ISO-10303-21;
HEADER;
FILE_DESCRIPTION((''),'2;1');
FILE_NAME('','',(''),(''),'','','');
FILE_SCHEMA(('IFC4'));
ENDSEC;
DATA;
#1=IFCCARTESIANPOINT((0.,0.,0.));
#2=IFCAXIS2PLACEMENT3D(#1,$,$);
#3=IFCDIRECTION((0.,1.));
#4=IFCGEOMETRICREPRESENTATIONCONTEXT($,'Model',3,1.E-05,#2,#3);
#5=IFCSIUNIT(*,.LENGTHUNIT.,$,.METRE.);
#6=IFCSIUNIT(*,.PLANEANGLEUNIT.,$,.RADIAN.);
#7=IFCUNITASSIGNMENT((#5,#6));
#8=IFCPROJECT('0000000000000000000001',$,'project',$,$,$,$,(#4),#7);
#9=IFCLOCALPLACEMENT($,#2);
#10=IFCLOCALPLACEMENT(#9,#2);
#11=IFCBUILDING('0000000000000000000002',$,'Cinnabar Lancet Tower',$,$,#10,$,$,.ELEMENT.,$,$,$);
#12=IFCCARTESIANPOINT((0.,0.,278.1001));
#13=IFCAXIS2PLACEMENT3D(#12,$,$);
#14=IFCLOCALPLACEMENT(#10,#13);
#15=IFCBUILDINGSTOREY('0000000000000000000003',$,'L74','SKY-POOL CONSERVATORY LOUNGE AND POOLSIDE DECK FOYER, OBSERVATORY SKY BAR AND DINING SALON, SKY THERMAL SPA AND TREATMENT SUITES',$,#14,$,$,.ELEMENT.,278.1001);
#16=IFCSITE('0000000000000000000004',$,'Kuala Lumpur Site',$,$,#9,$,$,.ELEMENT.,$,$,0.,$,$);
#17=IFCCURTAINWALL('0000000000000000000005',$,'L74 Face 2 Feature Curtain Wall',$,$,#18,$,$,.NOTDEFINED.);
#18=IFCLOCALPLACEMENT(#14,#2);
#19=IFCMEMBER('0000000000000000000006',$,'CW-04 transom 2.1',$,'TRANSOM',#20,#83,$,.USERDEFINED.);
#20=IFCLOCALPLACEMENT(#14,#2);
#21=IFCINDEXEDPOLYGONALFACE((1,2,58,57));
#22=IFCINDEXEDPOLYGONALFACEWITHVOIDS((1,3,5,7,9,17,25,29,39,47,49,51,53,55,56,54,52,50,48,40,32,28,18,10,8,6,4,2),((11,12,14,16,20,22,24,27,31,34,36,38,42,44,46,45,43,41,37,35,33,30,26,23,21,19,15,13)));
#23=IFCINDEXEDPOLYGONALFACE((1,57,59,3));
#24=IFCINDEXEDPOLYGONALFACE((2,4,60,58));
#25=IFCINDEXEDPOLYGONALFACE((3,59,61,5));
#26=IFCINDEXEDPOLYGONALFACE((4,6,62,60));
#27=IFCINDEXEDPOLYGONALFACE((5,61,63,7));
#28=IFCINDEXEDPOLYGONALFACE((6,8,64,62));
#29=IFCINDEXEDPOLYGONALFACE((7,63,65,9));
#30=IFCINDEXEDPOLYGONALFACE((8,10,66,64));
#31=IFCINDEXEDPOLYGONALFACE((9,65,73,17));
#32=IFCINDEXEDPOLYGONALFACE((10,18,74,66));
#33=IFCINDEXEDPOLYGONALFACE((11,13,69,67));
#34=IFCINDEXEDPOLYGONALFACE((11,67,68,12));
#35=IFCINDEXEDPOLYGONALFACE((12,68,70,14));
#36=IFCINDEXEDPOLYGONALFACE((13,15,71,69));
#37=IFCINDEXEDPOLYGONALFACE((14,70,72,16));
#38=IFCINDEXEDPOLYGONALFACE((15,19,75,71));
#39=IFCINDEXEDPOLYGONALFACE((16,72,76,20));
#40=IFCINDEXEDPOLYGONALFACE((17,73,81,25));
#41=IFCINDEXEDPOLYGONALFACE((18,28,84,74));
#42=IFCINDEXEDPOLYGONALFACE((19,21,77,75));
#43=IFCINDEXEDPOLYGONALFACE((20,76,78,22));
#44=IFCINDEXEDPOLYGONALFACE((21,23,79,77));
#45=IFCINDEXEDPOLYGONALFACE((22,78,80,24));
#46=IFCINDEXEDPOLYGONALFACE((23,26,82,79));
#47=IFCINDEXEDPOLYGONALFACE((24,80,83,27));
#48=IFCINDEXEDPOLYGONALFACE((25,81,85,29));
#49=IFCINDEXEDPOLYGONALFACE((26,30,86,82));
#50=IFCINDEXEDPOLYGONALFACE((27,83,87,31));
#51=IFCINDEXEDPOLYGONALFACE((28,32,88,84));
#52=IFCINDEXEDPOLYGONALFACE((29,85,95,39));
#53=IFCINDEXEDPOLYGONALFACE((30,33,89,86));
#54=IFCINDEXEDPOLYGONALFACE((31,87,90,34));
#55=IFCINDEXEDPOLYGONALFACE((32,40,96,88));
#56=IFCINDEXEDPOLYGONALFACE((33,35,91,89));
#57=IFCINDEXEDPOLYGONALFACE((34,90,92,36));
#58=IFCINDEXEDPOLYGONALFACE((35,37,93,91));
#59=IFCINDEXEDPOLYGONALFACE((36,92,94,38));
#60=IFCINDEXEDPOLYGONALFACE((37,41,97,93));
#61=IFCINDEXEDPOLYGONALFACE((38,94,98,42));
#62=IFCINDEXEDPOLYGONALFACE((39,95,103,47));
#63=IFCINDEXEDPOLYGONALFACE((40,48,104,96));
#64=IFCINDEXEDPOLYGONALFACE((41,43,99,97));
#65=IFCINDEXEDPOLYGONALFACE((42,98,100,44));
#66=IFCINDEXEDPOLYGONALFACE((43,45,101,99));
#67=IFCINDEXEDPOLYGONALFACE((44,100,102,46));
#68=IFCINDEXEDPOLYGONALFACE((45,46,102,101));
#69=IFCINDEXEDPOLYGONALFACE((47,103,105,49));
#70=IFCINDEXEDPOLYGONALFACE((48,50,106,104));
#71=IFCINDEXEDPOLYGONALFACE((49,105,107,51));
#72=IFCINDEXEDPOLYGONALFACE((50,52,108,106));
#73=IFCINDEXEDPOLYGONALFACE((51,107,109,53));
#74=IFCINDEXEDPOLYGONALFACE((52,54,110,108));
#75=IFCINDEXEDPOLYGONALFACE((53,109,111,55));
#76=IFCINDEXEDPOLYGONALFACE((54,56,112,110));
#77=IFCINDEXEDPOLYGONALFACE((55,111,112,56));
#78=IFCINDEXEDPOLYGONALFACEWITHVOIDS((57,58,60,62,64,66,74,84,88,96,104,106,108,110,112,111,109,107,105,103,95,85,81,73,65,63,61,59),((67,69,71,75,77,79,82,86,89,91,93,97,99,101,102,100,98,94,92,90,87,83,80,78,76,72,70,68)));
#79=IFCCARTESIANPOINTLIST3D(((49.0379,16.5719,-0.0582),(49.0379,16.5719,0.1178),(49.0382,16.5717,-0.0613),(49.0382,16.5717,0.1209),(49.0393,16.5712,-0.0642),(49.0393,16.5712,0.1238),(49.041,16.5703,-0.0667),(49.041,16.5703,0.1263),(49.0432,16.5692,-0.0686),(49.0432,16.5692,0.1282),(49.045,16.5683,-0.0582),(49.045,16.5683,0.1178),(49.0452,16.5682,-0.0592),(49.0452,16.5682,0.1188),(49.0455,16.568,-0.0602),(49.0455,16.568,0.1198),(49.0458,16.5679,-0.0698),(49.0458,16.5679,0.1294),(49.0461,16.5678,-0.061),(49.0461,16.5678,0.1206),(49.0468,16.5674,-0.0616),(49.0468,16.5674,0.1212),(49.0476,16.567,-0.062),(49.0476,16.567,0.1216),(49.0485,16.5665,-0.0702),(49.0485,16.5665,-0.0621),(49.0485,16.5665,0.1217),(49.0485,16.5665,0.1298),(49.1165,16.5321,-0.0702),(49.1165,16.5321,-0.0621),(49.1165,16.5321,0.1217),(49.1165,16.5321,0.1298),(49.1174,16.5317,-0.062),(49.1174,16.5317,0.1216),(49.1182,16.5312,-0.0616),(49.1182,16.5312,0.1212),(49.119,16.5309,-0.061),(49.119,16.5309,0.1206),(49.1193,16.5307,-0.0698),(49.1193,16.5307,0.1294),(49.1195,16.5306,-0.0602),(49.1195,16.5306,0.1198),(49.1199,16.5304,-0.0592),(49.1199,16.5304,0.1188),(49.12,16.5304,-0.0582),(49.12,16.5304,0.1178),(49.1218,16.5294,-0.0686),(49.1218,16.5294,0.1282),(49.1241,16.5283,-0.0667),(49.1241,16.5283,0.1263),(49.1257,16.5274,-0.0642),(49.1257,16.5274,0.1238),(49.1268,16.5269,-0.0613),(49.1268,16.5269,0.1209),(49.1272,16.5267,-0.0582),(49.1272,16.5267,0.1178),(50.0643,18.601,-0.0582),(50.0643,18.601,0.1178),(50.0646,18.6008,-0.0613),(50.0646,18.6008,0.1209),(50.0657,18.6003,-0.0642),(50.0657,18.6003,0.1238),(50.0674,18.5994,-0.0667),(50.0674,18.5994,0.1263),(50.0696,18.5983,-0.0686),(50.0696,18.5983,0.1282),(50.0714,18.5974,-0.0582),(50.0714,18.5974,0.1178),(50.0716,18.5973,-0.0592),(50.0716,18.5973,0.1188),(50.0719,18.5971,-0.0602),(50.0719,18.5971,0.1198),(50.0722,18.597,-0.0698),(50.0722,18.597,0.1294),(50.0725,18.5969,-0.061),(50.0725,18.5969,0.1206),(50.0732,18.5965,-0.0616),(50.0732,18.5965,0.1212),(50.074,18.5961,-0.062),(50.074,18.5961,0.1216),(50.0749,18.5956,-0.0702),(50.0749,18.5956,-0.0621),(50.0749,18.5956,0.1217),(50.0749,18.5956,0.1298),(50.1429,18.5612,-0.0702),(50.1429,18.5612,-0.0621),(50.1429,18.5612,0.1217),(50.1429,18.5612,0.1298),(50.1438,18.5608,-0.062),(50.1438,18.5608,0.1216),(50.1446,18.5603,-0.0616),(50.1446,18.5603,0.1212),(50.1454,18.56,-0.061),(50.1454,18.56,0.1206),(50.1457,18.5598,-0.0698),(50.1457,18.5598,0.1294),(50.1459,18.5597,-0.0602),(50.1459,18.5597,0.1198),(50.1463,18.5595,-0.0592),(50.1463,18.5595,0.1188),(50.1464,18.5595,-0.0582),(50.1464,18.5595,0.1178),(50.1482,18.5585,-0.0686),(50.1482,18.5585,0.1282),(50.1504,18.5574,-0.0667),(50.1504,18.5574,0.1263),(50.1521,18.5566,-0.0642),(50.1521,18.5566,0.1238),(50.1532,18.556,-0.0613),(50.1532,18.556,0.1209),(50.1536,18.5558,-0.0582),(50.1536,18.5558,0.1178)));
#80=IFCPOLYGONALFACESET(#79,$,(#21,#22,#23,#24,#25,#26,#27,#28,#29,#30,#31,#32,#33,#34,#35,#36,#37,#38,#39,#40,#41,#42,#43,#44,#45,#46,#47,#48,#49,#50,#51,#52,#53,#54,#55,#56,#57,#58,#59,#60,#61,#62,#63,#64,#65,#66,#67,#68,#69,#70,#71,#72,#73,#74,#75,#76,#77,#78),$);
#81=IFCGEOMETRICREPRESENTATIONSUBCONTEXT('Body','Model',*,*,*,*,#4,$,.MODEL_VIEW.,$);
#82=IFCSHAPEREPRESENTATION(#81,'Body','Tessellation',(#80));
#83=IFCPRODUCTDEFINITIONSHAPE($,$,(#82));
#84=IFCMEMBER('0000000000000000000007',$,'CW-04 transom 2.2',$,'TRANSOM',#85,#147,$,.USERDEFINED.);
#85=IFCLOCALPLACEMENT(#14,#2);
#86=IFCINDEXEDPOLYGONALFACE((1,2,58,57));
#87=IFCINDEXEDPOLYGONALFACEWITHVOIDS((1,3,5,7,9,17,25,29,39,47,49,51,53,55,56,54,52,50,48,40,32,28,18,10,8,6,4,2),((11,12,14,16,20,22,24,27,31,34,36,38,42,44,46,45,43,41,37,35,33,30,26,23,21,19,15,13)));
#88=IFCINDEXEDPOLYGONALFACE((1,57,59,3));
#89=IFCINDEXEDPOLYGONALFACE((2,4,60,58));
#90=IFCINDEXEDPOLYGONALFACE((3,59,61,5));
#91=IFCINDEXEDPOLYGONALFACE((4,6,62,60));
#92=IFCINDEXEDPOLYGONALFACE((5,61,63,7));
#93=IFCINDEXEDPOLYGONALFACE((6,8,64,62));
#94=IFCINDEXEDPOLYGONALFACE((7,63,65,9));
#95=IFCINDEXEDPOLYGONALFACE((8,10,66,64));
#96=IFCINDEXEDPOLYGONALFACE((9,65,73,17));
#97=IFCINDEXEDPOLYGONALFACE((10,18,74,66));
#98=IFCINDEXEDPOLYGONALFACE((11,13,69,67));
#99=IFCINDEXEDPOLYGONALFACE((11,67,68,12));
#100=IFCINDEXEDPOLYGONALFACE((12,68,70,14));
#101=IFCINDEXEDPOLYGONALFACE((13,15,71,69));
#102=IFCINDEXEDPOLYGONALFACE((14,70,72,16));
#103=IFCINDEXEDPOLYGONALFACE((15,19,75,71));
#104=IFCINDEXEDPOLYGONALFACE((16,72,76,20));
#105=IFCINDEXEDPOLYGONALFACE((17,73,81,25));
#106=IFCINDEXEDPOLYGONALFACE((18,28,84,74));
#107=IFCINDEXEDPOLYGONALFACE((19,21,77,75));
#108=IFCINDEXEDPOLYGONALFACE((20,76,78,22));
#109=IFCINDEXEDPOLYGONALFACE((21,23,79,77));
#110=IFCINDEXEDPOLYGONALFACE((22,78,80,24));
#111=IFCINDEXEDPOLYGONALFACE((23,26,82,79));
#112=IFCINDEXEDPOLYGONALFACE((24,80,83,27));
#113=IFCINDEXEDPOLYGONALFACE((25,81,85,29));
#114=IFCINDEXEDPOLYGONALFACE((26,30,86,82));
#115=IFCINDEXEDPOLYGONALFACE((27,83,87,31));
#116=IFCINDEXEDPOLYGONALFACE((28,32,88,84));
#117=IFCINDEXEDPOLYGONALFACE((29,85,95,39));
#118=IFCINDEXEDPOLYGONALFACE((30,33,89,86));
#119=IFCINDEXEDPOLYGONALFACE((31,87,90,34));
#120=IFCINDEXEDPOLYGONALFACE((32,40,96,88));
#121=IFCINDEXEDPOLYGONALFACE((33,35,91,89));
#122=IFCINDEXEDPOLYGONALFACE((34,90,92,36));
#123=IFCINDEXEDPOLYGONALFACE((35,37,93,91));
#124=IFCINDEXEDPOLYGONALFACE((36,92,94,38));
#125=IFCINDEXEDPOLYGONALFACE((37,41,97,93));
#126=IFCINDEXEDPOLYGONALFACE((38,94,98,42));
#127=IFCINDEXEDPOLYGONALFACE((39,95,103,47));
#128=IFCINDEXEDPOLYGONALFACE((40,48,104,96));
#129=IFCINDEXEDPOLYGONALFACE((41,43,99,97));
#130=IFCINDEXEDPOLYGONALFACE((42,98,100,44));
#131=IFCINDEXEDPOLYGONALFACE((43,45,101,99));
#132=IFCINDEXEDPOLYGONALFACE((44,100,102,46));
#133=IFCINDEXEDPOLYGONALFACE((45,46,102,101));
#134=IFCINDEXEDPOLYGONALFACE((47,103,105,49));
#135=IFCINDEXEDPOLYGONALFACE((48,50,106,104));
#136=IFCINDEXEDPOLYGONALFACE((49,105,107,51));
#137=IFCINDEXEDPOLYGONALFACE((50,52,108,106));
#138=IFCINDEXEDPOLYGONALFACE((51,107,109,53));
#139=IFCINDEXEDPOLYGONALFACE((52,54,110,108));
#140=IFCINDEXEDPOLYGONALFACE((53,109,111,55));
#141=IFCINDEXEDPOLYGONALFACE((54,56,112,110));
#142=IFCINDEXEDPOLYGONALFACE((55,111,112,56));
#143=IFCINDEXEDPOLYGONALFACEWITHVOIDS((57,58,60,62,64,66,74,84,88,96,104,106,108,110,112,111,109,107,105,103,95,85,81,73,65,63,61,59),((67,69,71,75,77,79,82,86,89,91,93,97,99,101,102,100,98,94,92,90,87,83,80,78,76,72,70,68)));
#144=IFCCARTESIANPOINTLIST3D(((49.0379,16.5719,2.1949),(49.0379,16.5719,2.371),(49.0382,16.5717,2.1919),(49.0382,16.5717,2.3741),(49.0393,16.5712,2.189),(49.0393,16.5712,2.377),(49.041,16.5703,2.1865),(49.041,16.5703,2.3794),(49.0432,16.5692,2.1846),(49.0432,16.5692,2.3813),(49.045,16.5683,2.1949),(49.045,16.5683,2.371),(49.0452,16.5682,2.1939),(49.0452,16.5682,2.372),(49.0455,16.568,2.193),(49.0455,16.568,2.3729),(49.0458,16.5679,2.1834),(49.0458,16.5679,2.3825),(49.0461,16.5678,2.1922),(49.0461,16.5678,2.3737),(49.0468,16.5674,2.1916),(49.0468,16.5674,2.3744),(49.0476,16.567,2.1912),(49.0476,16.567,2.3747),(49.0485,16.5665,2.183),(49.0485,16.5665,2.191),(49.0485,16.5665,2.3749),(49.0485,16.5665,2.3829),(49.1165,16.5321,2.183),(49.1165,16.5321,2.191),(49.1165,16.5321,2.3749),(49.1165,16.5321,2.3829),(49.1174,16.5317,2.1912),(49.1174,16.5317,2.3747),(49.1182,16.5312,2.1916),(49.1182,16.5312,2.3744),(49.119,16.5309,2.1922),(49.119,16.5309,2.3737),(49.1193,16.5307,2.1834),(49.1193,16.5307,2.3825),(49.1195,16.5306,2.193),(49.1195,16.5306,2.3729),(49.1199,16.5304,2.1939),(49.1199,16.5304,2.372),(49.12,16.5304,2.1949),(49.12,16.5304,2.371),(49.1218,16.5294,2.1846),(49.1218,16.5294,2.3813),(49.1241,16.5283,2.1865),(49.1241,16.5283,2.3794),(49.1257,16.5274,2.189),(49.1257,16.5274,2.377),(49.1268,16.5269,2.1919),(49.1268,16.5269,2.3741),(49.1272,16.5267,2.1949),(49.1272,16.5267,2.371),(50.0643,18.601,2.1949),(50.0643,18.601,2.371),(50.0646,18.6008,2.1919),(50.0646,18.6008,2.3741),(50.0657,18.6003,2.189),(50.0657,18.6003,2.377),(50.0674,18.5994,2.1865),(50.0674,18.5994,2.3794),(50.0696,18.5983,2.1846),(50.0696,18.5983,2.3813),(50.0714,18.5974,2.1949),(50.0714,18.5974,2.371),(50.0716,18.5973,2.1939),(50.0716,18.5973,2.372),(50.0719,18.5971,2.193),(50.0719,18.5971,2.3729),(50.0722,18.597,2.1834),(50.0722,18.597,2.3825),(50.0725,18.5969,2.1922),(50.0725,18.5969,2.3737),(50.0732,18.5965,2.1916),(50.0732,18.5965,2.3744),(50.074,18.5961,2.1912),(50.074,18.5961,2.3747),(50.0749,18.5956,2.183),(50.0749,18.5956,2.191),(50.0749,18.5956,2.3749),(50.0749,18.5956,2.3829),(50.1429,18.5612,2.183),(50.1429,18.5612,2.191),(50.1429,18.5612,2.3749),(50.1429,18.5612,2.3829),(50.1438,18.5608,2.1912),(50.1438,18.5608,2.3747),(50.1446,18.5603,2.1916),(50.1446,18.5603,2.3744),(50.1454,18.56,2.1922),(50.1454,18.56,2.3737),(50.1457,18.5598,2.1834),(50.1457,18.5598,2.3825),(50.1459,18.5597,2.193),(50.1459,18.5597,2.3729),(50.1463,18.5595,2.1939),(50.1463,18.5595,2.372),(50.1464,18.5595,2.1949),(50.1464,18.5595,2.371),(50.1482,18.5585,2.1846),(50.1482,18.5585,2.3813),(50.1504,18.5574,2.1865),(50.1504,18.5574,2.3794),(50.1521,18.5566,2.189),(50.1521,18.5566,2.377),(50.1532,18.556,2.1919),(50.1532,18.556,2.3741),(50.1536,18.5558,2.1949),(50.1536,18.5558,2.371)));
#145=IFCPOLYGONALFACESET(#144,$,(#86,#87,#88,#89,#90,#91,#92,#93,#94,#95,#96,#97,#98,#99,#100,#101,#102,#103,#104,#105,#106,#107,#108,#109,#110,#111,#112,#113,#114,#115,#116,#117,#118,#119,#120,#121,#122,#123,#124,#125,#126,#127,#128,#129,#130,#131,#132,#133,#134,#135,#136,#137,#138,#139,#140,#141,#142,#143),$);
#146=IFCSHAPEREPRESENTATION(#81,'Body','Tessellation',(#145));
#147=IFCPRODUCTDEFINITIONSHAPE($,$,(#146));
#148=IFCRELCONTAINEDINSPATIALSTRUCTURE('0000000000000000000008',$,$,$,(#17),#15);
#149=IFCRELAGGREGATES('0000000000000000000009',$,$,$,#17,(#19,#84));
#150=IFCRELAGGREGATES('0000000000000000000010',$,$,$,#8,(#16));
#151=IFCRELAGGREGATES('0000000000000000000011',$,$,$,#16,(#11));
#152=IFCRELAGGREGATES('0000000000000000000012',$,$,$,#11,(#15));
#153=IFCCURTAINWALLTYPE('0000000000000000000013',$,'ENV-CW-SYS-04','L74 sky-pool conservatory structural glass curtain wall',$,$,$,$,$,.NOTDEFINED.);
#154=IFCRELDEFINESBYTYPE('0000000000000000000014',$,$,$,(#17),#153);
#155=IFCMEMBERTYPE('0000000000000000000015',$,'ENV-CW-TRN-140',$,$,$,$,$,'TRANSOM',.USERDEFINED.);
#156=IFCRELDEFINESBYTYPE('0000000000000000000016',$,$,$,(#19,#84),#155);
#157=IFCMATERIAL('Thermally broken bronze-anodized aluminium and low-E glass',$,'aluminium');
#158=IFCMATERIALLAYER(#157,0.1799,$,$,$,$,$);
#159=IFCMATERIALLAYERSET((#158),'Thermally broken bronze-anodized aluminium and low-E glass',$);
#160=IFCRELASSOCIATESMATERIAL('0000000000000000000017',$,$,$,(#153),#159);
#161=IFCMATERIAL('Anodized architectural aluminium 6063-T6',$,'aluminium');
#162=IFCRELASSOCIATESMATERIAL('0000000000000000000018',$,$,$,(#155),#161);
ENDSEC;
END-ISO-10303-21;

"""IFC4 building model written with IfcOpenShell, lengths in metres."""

from ifc_helpers import new_model, si_unit, direction, frame, origin, origin_2d, place, context, subcontext, project, spatial, hollow_rectangle, extrude, material, layer, layer_set, material_profile, profile_set, type_object, element, aggregate, save


model = new_model("IFC4")

# Units and contexts
model_context = context("Model", 3, precision=1e-05, world=origin(), true_north=direction((0.0, 1.0)))
body_context = subcontext(model_context, "Body", "Model", "MODEL_VIEW")
ifc_project = project(units=[si_unit("LENGTHUNIT", "METRE"), si_unit("PLANEANGLEUNIT", "RADIAN")], contexts=[model_context])

# Site, building, storey
site_placement = place(None, origin())
site = spatial("IfcSite", under=ifc_project, at=site_placement, Name="Kuala Lumpur Site", CompositionType="ELEMENT", RefElevation=0.0)
building_placement = place(site_placement, origin())
building = spatial("IfcBuilding", under=site, at=building_placement, Name="Cinnabar Lancet Tower", CompositionType="ELEMENT")
storey_placement = place(building_placement, frame((0.0, 0.0, 278.1001)))
storey = spatial("IfcBuildingStorey", under=building, at=storey_placement, Name="L74", Description="SKY-POOL CONSERVATORY LOUNGE AND POOLSIDE DECK FOYER, OBSERVATORY SKY BAR AND DINING SALON, SKY THERMAL SPA AND TREATMENT SUITES", CompositionType="ELEMENT", Elevation=278.1001)

# Curtain wall, members
ifc_material_1 = material(Name="Thermally broken bronze-anodized aluminium and low-E glass", Category="aluminium")
ifc_layer_1 = layer(ifc_material_1, 0.1799)
ifc_layer_set_1 = layer_set([ifc_layer_1], Name="Thermally broken bronze-anodized aluminium and low-E glass")
curtain_wall_type = type_object("IfcCurtainWallType", Name="ENV-CW-SYS-04", Description="L74 sky-pool conservatory structural glass curtain wall", PredefinedType="NOTDEFINED", material=ifc_layer_set_1)
curtain_wall_placement = place(storey_placement, origin())
curtain_wall = element("IfcCurtainWall", 1, at=curtain_wall_placement, inside=storey, type_object=curtain_wall_type, Name="L74 Face 2 Feature Curtain Wall", PredefinedType="NOTDEFINED")
ifc_material_2 = material(Name="Anodized architectural aluminium 6063-T6", Category="aluminium")
ifc_material_profile_1 = material_profile(ifc_material_2, hollow_rectangle(XDim=0.1001, YDim=0.2, WallThickness=0.0081, InnerFilletRadius=0.0039, OuterFilletRadius=0.012, at=origin_2d()), Name="RHS 200x100x8")
ifc_profile_set_1 = profile_set([ifc_material_profile_1], Name="Anodized architectural aluminium 6063-T6")
member_type_1 = type_object("IfcMemberType", Name="ENV-CW-TRN-140", ElementType="TRANSOM", PredefinedType="USERDEFINED", material=ifc_profile_set_1)
member_1_placement = place(storey_placement, frame((49.0825, 16.5493, 0.0298), z_axis=(0.451375, 0.892335, 0.0), x_axis=(-0.892335, 0.451375, 0.0)))
member_1 = element("IfcMember", 2, at=member_1_placement, type_object=member_type_1, Name="CW-04 transom 2.1", ObjectType="TRANSOM", PredefinedType="USERDEFINED", context=body_context, shape_type="SweptSolid", body=[
    extrude(hollow_rectangle(XDim=0.1001, YDim=0.2, WallThickness=0.0081, InnerFilletRadius=0.0039, OuterFilletRadius=0.012, at=origin_2d()), origin(), (0.0, 0.0, 1.0), 2.2739),
])
member_2_placement = place(storey_placement, frame((49.0825, 16.5493, 2.283), z_axis=(0.451375, 0.892335, 0.0), x_axis=(-0.892335, 0.451375, 0.0)))
member_2 = element("IfcMember", 3, at=member_2_placement, type_object=member_type_1, Name="CW-04 transom 2.2", ObjectType="TRANSOM", PredefinedType="USERDEFINED", context=body_context, shape_type="SweptSolid", body=[
    extrude(hollow_rectangle(XDim=0.1001, YDim=0.2, WallThickness=0.0081, InnerFilletRadius=0.0039, OuterFilletRadius=0.012, at=origin_2d()), origin(), (0.0, 0.0, 1.0), 2.2739),
])

aggregate(curtain_wall, [member_1, member_2])

save(model, "model.ifc")
